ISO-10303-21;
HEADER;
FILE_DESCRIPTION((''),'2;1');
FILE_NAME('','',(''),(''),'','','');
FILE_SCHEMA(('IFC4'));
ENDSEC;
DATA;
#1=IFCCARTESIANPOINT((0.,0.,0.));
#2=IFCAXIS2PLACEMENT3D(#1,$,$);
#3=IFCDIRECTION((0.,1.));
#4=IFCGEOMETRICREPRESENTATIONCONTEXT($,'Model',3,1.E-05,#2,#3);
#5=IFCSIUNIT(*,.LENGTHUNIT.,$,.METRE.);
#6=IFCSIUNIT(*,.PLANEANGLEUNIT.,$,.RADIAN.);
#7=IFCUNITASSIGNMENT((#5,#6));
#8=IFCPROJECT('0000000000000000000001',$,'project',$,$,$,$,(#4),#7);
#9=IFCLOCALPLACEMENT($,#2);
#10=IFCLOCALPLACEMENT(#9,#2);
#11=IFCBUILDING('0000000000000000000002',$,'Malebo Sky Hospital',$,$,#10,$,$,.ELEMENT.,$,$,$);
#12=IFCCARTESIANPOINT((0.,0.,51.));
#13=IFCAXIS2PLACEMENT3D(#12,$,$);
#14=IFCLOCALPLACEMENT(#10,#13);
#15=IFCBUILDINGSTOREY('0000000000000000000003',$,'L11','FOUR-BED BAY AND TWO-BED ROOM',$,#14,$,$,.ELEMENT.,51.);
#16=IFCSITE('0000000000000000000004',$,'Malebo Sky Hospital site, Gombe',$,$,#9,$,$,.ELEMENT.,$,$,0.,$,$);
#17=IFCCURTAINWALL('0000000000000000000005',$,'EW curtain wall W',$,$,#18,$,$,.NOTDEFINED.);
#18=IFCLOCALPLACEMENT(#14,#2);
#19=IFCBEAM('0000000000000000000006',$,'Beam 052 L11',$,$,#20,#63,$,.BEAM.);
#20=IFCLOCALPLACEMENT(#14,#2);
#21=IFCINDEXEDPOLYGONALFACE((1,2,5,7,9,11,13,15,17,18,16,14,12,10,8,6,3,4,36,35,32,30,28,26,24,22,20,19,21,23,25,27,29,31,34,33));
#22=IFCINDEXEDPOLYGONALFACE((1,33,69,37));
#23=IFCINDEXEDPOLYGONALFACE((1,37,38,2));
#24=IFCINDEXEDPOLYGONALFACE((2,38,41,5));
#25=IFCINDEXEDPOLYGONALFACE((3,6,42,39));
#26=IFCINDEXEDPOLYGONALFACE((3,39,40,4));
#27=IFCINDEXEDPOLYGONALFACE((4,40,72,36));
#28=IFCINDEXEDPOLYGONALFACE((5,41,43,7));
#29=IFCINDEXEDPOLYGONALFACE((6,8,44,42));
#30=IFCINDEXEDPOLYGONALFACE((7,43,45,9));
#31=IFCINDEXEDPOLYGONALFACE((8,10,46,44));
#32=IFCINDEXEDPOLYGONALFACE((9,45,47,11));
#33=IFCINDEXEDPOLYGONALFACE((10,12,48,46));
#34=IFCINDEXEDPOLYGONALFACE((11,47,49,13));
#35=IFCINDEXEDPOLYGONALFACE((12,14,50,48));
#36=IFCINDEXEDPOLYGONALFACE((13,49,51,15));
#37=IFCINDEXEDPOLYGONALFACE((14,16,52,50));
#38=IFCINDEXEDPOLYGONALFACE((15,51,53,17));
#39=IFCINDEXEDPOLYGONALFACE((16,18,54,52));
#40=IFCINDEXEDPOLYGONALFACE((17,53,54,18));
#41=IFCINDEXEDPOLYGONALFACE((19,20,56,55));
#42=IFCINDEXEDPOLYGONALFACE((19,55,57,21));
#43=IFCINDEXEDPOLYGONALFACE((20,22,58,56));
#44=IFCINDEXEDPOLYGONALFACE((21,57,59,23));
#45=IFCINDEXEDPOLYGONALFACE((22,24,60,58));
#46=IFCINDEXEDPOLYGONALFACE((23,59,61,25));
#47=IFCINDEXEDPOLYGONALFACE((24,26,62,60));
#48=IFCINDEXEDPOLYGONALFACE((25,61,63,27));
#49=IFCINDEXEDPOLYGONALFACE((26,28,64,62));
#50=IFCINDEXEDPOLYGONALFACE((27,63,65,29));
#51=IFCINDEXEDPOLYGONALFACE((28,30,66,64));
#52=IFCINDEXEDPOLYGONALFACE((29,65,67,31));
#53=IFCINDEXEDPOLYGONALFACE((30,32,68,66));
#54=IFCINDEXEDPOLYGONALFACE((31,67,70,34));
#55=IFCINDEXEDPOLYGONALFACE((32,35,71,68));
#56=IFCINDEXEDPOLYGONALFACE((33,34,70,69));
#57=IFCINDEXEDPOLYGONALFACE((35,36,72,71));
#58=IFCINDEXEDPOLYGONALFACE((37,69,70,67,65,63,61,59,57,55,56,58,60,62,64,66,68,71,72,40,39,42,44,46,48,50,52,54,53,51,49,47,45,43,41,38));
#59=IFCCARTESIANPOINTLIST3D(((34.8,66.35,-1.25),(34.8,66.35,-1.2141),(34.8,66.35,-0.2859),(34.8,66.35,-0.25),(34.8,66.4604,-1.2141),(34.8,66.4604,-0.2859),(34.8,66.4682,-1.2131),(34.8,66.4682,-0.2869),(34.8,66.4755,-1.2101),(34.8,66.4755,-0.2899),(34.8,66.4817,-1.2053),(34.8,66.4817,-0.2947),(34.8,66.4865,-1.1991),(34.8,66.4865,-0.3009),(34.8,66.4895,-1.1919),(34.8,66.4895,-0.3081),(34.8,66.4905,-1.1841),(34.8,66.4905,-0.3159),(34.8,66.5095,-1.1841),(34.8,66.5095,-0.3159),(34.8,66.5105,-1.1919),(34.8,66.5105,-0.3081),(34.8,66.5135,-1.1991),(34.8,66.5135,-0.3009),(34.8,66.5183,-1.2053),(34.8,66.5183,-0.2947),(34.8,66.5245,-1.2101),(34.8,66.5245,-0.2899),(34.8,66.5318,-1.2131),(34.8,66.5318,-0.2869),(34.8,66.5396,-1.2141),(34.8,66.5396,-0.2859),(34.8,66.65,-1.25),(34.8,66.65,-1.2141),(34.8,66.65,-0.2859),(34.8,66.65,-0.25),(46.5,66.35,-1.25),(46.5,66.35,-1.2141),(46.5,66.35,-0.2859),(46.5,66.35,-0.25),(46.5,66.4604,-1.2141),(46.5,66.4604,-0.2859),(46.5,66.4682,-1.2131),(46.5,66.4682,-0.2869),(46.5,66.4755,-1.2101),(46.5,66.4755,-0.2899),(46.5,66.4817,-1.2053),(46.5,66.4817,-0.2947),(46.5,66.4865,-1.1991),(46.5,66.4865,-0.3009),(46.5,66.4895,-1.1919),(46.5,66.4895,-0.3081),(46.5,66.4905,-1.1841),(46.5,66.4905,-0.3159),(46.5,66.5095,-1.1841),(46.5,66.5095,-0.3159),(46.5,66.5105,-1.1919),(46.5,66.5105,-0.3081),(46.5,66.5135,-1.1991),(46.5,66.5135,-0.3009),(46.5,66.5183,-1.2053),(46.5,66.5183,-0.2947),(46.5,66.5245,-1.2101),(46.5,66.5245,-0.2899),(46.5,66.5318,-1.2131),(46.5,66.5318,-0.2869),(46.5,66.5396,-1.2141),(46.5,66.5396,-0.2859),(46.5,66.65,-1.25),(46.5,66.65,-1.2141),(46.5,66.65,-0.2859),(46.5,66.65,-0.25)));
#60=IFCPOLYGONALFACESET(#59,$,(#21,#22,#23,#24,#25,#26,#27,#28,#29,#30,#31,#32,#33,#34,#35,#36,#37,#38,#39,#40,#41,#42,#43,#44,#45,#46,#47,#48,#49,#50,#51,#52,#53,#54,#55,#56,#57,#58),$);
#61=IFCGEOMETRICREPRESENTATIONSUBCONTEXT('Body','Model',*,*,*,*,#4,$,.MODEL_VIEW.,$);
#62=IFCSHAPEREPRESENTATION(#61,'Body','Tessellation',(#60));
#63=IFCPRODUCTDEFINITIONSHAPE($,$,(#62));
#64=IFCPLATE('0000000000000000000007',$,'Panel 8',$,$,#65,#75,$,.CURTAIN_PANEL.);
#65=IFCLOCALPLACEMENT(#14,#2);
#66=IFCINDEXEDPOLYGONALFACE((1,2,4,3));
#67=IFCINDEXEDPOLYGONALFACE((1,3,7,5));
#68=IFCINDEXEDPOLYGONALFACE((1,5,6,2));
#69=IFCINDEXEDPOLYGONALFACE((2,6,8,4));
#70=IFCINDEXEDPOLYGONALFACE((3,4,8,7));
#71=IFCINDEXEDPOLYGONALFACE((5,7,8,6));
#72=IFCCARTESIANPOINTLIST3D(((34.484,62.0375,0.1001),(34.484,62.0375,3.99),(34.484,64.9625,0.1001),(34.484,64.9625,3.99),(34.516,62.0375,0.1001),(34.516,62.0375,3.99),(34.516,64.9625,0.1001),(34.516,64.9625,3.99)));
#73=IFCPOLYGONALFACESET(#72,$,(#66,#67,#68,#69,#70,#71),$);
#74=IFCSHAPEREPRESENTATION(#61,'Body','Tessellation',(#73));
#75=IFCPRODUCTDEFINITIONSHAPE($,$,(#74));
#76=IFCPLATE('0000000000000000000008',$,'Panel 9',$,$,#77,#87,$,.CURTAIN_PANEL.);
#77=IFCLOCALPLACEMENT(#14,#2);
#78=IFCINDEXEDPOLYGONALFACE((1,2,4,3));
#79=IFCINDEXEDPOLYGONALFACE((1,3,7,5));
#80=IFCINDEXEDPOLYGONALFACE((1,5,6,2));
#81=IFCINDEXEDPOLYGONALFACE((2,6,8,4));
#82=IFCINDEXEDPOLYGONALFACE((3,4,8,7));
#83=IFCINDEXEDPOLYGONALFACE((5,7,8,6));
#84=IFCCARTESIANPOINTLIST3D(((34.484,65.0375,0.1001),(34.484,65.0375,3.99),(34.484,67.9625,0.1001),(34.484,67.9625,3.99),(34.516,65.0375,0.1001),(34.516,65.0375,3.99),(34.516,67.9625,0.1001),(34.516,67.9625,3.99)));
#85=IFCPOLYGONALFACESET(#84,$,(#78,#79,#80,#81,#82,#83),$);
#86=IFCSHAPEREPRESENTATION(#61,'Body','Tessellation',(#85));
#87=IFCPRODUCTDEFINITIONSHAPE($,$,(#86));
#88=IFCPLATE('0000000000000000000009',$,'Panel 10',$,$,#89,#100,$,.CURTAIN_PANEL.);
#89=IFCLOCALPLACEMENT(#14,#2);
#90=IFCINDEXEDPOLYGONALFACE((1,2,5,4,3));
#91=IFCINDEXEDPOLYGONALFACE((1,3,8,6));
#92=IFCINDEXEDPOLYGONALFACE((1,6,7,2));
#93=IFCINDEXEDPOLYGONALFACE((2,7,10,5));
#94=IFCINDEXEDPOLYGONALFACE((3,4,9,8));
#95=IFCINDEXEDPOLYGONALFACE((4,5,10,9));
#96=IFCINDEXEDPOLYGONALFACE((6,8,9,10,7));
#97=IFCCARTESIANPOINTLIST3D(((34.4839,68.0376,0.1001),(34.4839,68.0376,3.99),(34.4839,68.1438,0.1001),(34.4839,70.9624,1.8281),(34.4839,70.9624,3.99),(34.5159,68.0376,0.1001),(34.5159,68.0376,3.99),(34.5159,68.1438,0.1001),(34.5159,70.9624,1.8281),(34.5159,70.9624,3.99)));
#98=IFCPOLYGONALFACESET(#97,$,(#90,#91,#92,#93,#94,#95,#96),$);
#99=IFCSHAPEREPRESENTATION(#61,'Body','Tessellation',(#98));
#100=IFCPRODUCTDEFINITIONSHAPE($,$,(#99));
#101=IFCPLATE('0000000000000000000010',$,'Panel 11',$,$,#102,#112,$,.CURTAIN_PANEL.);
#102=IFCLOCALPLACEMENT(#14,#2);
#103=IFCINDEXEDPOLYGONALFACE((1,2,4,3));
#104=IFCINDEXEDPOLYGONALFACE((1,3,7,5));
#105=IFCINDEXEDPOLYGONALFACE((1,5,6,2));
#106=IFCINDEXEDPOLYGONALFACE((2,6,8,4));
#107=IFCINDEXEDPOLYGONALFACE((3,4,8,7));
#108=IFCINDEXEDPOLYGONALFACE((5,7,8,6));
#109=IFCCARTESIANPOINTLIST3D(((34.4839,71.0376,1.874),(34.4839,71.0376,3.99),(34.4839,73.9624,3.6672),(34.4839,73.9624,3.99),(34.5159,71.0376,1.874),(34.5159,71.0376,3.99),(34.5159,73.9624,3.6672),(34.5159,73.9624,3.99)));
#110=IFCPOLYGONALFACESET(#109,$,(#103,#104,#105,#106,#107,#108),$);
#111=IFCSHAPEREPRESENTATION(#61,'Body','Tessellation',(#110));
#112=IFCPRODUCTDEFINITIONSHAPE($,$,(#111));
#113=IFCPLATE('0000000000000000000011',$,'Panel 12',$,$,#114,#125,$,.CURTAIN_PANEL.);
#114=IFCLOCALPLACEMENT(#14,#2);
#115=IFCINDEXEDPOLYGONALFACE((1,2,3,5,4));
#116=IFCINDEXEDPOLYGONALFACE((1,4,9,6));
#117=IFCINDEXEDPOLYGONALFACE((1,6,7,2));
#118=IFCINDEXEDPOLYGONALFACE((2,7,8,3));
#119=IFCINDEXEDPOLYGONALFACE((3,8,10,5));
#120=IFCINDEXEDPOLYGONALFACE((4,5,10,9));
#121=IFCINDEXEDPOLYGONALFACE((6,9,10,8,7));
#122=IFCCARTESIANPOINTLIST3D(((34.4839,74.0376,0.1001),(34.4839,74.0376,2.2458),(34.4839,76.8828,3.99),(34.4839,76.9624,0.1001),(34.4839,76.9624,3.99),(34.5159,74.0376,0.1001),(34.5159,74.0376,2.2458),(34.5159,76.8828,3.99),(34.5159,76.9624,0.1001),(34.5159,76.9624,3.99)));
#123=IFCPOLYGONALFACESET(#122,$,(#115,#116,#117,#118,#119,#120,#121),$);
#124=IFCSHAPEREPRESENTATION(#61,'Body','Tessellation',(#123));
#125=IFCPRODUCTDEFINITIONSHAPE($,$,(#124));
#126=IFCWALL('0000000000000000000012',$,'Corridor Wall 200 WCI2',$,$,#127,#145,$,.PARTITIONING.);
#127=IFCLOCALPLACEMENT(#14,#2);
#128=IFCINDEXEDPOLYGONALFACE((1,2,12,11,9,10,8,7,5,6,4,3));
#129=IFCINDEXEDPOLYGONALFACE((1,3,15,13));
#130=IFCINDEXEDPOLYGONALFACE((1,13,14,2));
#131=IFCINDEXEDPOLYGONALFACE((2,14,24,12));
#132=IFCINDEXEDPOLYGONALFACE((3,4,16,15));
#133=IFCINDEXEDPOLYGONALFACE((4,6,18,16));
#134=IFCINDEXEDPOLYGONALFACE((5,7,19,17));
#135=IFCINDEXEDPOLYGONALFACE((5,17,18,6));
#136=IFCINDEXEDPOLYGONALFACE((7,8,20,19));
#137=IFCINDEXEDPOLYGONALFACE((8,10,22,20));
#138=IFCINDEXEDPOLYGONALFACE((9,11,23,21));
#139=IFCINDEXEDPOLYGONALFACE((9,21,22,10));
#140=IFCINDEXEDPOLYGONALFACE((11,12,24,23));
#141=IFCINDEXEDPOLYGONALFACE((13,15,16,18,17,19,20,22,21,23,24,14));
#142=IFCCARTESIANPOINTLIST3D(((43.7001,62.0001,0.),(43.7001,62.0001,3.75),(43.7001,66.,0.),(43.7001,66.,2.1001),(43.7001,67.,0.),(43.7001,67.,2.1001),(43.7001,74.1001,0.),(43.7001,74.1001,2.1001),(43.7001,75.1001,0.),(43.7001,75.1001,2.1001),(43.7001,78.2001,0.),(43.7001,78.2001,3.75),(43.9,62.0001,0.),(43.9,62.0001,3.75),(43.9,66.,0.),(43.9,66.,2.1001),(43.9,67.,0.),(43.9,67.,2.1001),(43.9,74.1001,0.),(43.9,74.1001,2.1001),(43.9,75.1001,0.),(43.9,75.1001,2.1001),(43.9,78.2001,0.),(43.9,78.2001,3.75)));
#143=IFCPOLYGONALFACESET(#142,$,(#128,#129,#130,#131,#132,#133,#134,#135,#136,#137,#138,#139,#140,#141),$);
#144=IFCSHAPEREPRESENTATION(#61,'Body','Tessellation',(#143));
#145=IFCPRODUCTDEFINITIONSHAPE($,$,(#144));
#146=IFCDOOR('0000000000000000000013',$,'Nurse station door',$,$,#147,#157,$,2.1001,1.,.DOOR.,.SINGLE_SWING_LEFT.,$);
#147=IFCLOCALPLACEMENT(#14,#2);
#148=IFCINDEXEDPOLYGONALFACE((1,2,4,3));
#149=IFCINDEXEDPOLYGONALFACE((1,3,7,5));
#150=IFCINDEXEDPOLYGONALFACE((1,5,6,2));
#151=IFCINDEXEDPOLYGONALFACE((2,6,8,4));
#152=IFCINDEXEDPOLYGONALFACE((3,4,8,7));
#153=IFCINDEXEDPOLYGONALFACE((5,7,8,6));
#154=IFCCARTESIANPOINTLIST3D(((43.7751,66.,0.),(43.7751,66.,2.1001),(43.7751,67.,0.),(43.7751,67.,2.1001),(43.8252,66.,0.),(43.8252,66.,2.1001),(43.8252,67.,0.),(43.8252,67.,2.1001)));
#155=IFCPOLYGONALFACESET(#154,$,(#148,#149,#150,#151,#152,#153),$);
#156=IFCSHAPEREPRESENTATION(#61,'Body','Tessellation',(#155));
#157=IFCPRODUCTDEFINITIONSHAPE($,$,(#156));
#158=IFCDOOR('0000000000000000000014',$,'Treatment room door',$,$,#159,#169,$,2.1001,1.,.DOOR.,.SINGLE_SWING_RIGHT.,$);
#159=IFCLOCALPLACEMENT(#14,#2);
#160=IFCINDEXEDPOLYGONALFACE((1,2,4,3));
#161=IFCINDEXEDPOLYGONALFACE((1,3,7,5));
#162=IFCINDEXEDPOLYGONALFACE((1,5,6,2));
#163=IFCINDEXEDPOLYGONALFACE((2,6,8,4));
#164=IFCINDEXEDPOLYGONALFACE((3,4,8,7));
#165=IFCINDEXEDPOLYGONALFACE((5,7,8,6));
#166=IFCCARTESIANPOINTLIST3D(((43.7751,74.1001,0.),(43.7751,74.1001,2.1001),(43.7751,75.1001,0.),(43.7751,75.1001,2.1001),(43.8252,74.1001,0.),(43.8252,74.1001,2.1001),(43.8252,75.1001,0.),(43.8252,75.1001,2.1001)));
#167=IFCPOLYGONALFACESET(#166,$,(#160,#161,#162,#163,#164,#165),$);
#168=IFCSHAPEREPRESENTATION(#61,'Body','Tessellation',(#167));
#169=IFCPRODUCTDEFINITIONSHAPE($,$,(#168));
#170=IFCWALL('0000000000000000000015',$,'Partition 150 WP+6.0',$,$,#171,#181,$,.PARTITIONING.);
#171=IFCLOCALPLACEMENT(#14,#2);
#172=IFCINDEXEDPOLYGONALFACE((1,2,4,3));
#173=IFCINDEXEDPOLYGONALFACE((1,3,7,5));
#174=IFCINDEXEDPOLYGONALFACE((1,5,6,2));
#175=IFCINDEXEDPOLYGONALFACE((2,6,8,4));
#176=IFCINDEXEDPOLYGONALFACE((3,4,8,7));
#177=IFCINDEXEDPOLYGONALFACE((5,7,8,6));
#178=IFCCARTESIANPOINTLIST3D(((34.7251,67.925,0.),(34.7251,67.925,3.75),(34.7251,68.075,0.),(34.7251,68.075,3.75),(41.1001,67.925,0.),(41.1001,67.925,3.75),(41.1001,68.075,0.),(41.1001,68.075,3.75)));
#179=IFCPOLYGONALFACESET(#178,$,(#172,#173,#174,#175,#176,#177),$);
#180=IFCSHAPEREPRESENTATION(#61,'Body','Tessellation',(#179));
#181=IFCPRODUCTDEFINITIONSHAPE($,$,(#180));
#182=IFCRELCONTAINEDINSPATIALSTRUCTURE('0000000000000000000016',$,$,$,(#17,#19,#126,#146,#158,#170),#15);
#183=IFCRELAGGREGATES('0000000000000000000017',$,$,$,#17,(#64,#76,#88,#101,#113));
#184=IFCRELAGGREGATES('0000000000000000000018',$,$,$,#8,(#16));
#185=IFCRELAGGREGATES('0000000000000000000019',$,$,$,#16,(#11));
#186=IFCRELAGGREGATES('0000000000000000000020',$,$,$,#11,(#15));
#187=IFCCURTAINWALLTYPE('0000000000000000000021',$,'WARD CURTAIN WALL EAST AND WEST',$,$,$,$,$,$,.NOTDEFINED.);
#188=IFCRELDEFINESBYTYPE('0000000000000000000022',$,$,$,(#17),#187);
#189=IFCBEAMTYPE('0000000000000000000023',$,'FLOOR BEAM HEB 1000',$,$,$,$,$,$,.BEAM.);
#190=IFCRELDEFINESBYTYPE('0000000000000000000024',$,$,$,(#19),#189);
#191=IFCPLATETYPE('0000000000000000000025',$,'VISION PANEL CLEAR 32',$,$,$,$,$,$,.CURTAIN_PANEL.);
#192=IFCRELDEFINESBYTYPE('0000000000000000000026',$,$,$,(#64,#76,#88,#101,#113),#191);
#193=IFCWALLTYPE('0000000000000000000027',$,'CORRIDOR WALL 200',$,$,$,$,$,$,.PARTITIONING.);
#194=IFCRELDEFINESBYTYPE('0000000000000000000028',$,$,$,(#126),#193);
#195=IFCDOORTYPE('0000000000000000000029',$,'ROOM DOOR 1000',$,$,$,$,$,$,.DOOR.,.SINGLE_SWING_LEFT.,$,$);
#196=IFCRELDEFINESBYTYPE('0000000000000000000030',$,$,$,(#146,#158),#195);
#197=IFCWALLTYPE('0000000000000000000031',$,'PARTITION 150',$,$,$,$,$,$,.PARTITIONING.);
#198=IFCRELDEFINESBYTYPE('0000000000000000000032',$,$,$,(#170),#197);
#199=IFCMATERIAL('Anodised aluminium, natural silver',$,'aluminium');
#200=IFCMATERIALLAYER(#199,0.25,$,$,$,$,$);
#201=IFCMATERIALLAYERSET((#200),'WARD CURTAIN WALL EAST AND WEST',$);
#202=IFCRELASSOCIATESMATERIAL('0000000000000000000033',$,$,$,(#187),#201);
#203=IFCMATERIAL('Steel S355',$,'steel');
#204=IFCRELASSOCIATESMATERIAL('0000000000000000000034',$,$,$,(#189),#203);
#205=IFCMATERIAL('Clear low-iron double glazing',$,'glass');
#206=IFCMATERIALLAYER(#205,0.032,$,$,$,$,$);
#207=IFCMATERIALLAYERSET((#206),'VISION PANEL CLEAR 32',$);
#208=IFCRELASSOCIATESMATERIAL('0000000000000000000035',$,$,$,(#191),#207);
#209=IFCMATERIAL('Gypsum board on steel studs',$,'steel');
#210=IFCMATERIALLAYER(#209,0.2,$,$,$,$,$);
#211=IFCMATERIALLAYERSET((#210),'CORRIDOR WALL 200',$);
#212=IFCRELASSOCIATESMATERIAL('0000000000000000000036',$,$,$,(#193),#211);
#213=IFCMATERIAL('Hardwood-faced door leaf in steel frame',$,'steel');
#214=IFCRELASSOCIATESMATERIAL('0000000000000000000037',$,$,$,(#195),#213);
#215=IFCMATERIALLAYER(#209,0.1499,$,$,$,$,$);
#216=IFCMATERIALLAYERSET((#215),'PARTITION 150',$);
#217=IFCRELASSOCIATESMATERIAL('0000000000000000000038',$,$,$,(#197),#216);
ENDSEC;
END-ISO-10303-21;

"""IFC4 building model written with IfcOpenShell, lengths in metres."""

from ifc_helpers import new_model, si_unit, direction, frame, frame_2d, origin, origin_2d, place, context, subcontext, project, spatial, polyline, rectangle, i_section, outline, extrude, material, layer, layer_set, material_profile, profile_set, type_object, element, fill, aggregate, save


model = new_model("IFC4")

# Units and contexts
model_context = context("Model", 3, precision=1e-05, world=origin(), true_north=direction((0.0, 1.0)))
body_context = subcontext(model_context, "Body", "Model", "MODEL_VIEW")
ifc_project = project(units=[si_unit("LENGTHUNIT", "METRE"), si_unit("PLANEANGLEUNIT", "RADIAN")], contexts=[model_context])

# Site, building, storey
site_placement = place(None, origin())
site = spatial("IfcSite", under=ifc_project, at=site_placement, Name="Malebo Sky Hospital site, Gombe", CompositionType="ELEMENT", RefElevation=0.0)
building_placement = place(site_placement, origin())
building = spatial("IfcBuilding", under=site, at=building_placement, Name="Malebo Sky Hospital", CompositionType="ELEMENT")
storey_placement = place(building_placement, frame((0.0, 0.0, 51.0)))
storey = spatial("IfcBuildingStorey", under=building, at=storey_placement, Name="L11", Description="FOUR-BED BAY AND TWO-BED ROOM", CompositionType="ELEMENT", Elevation=51.0)

# Curtain wall
ifc_material_1 = material(Name="Anodised aluminium, natural silver", Category="aluminium")
ifc_layer_1 = layer(ifc_material_1, 0.25)
ifc_layer_set_1 = layer_set([ifc_layer_1], Name="WARD CURTAIN WALL EAST AND WEST")
curtain_wall_type = type_object("IfcCurtainWallType", Name="WARD CURTAIN WALL EAST AND WEST", PredefinedType="NOTDEFINED", material=ifc_layer_set_1)
curtain_wall_placement = place(storey_placement, origin())
curtain_wall = element("IfcCurtainWall", 1, at=curtain_wall_placement, inside=storey, type_object=curtain_wall_type, Name="EW curtain wall W", PredefinedType="NOTDEFINED")

# Shared definitions
ifc_material_2 = material(Name="Steel S355", Category="steel")

# Beam
ifc_material_profile_1 = material_profile(ifc_material_2, i_section(OverallWidth=0.3, OverallDepth=1.0, WebThickness=0.019, FlangeThickness=0.0359, FilletRadius=0.03, at=origin_2d()), Name="HEB 1000")
ifc_profile_set_1 = profile_set([ifc_material_profile_1], Name="Steel S355")
beam_type_1 = type_object("IfcBeamType", Name="FLOOR BEAM HEB 1000", PredefinedType="BEAM", material=ifc_profile_set_1)
beam_1_placement = place(storey_placement, frame((34.8, 66.5, -0.75), z_axis=(1.0, 0.0, 0.0), x_axis=(0.0, 1.0, 0.0)))
element("IfcBeam", 2, at=beam_1_placement, inside=storey, type_object=beam_type_1, Name="Beam 052 L11", PredefinedType="BEAM", context=body_context, shape_type="SweptSolid", body=[
    extrude(i_section(OverallWidth=0.3, OverallDepth=1.0, WebThickness=0.019, FlangeThickness=0.0359, FilletRadius=0.03, at=origin_2d()), origin(), (0.0, 0.0, 1.0), 11.7),
])

# Plates
ifc_material_3 = material(Name="Clear low-iron double glazing", Category="glass")
ifc_layer_2 = layer(ifc_material_3, 0.032)
ifc_layer_set_2 = layer_set([ifc_layer_2], Name="VISION PANEL CLEAR 32")
plate_type = type_object("IfcPlateType", Name="VISION PANEL CLEAR 32", PredefinedType="CURTAIN_PANEL", material=ifc_layer_set_2)
plate_1_placement = place(storey_placement, frame((34.5, 63.5, 0.1001), z_axis=(0.0, 0.0, 1.0), x_axis=(0.0, 1.0, 0.0)))
plate_1 = element("IfcPlate", 3, at=plate_1_placement, type_object=plate_type, Name="Panel 8", PredefinedType="CURTAIN_PANEL", context=body_context, shape_type="SweptSolid", body=[
    extrude(rectangle(XDim=2.925, YDim=0.032, at=origin_2d()), origin(), (0.0, 0.0, 1.0), 3.8899),
])
plate_2_placement = place(storey_placement, frame((34.5, 66.5, 0.1001), z_axis=(0.0, 0.0, 1.0), x_axis=(0.0, 1.0, 0.0)))
plate_2 = element("IfcPlate", 4, at=plate_2_placement, type_object=plate_type, Name="Panel 9", PredefinedType="CURTAIN_PANEL", context=body_context, shape_type="SweptSolid", body=[
    extrude(rectangle(XDim=2.925, YDim=0.032, at=origin_2d()), origin(), (0.0, 0.0, 1.0), 3.8899),
])
plate_3_placement = place(storey_placement, frame((34.5, 69.5, 0.1001), z_axis=(0.0, 0.0, 1.0), x_axis=(0.0, 1.0, 0.0)))
plate_3 = element("IfcPlate", 5, at=plate_3_placement, type_object=plate_type, Name="Panel 10", PredefinedType="CURTAIN_PANEL", context=body_context, shape_type="SweptSolid", body=[
    extrude(outline(polyline([(-1.4624, 0.0), (-1.3562, 0.0), (1.4624, 1.728), (1.4624, 3.8899), (-1.4624, 3.8899), (-1.4624, 0.0)])), frame((0.0, 0.0161, 0.0), z_axis=(0.0, -1.0, 0.0), x_axis=(1.0, 0.0, 0.0)), (0.0, 0.0, 1.0), 0.032),
])
plate_4_placement = place(storey_placement, frame((34.5, 72.5, 1.874), z_axis=(0.0, 0.0, 1.0), x_axis=(0.0, 1.0, 0.0)))
plate_4 = element("IfcPlate", 6, at=plate_4_placement, type_object=plate_type, Name="Panel 11", PredefinedType="CURTAIN_PANEL", context=body_context, shape_type="SweptSolid", body=[
    extrude(outline(polyline([(-1.4624, 0.0), (1.4624, 1.7932), (1.4624, 2.116), (-1.4624, 2.116), (-1.4624, 0.0)])), frame((0.0, 0.0161, 0.0), z_axis=(0.0, -1.0, 0.0), x_axis=(1.0, 0.0, 0.0)), (0.0, 0.0, 1.0), 0.032),
])
plate_5_placement = place(storey_placement, frame((34.5, 75.5, 0.1001), z_axis=(0.0, 0.0, 1.0), x_axis=(0.0, 1.0, 0.0)))
plate_5 = element("IfcPlate", 7, at=plate_5_placement, type_object=plate_type, Name="Panel 12", PredefinedType="CURTAIN_PANEL", context=body_context, shape_type="SweptSolid", body=[
    extrude(outline(polyline([(-1.4624, 0.0), (1.4624, 0.0), (1.4624, 3.8899), (1.3828, 3.8899), (-1.4624, 2.1458), (-1.4624, 0.0)])), frame((0.0, 0.0161, 0.0), z_axis=(0.0, -1.0, 0.0), x_axis=(1.0, 0.0, 0.0)), (0.0, 0.0, 1.0), 0.032),
])
aggregate(curtain_wall, [plate_1, plate_2, plate_3, plate_4, plate_5])

# Wall, openings, doors
ifc_material_4 = material(Name="Gypsum board on steel studs", Category="steel")
ifc_layer_3 = layer(ifc_material_4, 0.2)
ifc_layer_set_3 = layer_set([ifc_layer_3], Name="CORRIDOR WALL 200")
wall_type_1 = type_object("IfcWallType", Name="CORRIDOR WALL 200", PredefinedType="PARTITIONING", material=ifc_layer_set_3)
wall_1_placement = place(storey_placement, frame((43.8, 62.0, 0.0), z_axis=(0.0, 0.0, 1.0), x_axis=(0.0, 1.0, 0.0)))
wall_1 = element("IfcWall", 8, at=wall_1_placement, inside=storey, type_object=wall_type_1, Name="Corridor Wall 200 WCI2", PredefinedType="PARTITIONING", context=body_context, shape_type="SweptSolid", body=[
    extrude(rectangle(XDim=16.2, YDim=0.2, at=frame_2d((8.1001, 0.0))), origin(), (0.0, 0.0, 1.0), 3.75),
])
opening_1_placement = place(wall_1_placement, frame((4.0, 0.0, 0.0)))
opening_1 = element("IfcOpeningElement", 9, at=opening_1_placement, cuts=wall_1, PredefinedType="OPENING", context=body_context, shape_type="SweptSolid", body=[
    extrude(rectangle(XDim=1.0, YDim=2.1001, at=frame_2d((0.5, 1.05))), frame((0.0, 0.1099, 0.0), z_axis=(0.0, -1.0, 0.0), x_axis=(1.0, 0.0, 0.0)), (0.0, 0.0, 1.0), 0.22),
])
opening_2_placement = place(wall_1_placement, frame((12.1001, 0.0, 0.0)))
opening_2 = element("IfcOpeningElement", 10, at=opening_2_placement, cuts=wall_1, PredefinedType="OPENING", context=body_context, shape_type="SweptSolid", body=[
    extrude(rectangle(XDim=1.0, YDim=2.1001, at=frame_2d((0.5, 1.05))), frame((0.0, 0.1099, 0.0), z_axis=(0.0, -1.0, 0.0), x_axis=(1.0, 0.0, 0.0)), (0.0, 0.0, 1.0), 0.22),
])
ifc_material_5 = material(Name="Hardwood-faced door leaf in steel frame", Category="steel")
door_type_1 = type_object("IfcDoorType", Name="ROOM DOOR 1000", OperationType="SINGLE_SWING_LEFT", PredefinedType="DOOR", material=ifc_material_5)
door_1_placement = place(opening_1_placement, origin())
door_1 = element("IfcDoor", 11, at=door_1_placement, inside=storey, type_object=door_type_1, Name="Nurse station door", OperationType="SINGLE_SWING_LEFT", OverallHeight=2.1001, OverallWidth=1.0, PredefinedType="DOOR", context=body_context, shape_type="SweptSolid", body=[
    extrude(rectangle(XDim=1.0, YDim=2.1001, at=frame_2d((0.5, 1.05))), frame((0.0, 0.0249, 0.0), z_axis=(0.0, -1.0, 0.0), x_axis=(1.0, 0.0, 0.0)), (0.0, 0.0, 1.0), 0.05),
])
fill(opening_1, door_1)
door_2_placement = place(opening_2_placement, origin())
door_2 = element("IfcDoor", 12, at=door_2_placement, inside=storey, type_object=door_type_1, Name="Treatment room door", OperationType="SINGLE_SWING_RIGHT", OverallHeight=2.1001, OverallWidth=1.0, PredefinedType="DOOR", context=body_context, shape_type="SweptSolid", body=[
    extrude(rectangle(XDim=1.0, YDim=2.1001, at=frame_2d((0.5, 1.05))), frame((0.0, 0.0249, 0.0), z_axis=(0.0, -1.0, 0.0), x_axis=(1.0, 0.0, 0.0)), (0.0, 0.0, 1.0), 0.05),
])
fill(opening_2, door_2)

# Wall
ifc_layer_4 = layer(ifc_material_4, 0.1499)
ifc_layer_set_4 = layer_set([ifc_layer_4], Name="PARTITION 150")
wall_type_2 = type_object("IfcWallType", Name="PARTITION 150", PredefinedType="PARTITIONING", material=ifc_layer_set_4)
wall_2_placement = place(storey_placement, frame((41.1001, 68.0, 0.0), z_axis=(0.0, 0.0, 1.0), x_axis=(-1.0, 0.0, 0.0)))
element("IfcWall", 13, at=wall_2_placement, inside=storey, type_object=wall_type_2, Name="Partition 150 WP+6.0", PredefinedType="PARTITIONING", context=body_context, shape_type="SweptSolid", body=[
    extrude(rectangle(XDim=6.375, YDim=0.1499, at=frame_2d((3.1875, 0.0))), origin(), (0.0, 0.0, 1.0), 3.75),
])

save(model, "model.ifc")
